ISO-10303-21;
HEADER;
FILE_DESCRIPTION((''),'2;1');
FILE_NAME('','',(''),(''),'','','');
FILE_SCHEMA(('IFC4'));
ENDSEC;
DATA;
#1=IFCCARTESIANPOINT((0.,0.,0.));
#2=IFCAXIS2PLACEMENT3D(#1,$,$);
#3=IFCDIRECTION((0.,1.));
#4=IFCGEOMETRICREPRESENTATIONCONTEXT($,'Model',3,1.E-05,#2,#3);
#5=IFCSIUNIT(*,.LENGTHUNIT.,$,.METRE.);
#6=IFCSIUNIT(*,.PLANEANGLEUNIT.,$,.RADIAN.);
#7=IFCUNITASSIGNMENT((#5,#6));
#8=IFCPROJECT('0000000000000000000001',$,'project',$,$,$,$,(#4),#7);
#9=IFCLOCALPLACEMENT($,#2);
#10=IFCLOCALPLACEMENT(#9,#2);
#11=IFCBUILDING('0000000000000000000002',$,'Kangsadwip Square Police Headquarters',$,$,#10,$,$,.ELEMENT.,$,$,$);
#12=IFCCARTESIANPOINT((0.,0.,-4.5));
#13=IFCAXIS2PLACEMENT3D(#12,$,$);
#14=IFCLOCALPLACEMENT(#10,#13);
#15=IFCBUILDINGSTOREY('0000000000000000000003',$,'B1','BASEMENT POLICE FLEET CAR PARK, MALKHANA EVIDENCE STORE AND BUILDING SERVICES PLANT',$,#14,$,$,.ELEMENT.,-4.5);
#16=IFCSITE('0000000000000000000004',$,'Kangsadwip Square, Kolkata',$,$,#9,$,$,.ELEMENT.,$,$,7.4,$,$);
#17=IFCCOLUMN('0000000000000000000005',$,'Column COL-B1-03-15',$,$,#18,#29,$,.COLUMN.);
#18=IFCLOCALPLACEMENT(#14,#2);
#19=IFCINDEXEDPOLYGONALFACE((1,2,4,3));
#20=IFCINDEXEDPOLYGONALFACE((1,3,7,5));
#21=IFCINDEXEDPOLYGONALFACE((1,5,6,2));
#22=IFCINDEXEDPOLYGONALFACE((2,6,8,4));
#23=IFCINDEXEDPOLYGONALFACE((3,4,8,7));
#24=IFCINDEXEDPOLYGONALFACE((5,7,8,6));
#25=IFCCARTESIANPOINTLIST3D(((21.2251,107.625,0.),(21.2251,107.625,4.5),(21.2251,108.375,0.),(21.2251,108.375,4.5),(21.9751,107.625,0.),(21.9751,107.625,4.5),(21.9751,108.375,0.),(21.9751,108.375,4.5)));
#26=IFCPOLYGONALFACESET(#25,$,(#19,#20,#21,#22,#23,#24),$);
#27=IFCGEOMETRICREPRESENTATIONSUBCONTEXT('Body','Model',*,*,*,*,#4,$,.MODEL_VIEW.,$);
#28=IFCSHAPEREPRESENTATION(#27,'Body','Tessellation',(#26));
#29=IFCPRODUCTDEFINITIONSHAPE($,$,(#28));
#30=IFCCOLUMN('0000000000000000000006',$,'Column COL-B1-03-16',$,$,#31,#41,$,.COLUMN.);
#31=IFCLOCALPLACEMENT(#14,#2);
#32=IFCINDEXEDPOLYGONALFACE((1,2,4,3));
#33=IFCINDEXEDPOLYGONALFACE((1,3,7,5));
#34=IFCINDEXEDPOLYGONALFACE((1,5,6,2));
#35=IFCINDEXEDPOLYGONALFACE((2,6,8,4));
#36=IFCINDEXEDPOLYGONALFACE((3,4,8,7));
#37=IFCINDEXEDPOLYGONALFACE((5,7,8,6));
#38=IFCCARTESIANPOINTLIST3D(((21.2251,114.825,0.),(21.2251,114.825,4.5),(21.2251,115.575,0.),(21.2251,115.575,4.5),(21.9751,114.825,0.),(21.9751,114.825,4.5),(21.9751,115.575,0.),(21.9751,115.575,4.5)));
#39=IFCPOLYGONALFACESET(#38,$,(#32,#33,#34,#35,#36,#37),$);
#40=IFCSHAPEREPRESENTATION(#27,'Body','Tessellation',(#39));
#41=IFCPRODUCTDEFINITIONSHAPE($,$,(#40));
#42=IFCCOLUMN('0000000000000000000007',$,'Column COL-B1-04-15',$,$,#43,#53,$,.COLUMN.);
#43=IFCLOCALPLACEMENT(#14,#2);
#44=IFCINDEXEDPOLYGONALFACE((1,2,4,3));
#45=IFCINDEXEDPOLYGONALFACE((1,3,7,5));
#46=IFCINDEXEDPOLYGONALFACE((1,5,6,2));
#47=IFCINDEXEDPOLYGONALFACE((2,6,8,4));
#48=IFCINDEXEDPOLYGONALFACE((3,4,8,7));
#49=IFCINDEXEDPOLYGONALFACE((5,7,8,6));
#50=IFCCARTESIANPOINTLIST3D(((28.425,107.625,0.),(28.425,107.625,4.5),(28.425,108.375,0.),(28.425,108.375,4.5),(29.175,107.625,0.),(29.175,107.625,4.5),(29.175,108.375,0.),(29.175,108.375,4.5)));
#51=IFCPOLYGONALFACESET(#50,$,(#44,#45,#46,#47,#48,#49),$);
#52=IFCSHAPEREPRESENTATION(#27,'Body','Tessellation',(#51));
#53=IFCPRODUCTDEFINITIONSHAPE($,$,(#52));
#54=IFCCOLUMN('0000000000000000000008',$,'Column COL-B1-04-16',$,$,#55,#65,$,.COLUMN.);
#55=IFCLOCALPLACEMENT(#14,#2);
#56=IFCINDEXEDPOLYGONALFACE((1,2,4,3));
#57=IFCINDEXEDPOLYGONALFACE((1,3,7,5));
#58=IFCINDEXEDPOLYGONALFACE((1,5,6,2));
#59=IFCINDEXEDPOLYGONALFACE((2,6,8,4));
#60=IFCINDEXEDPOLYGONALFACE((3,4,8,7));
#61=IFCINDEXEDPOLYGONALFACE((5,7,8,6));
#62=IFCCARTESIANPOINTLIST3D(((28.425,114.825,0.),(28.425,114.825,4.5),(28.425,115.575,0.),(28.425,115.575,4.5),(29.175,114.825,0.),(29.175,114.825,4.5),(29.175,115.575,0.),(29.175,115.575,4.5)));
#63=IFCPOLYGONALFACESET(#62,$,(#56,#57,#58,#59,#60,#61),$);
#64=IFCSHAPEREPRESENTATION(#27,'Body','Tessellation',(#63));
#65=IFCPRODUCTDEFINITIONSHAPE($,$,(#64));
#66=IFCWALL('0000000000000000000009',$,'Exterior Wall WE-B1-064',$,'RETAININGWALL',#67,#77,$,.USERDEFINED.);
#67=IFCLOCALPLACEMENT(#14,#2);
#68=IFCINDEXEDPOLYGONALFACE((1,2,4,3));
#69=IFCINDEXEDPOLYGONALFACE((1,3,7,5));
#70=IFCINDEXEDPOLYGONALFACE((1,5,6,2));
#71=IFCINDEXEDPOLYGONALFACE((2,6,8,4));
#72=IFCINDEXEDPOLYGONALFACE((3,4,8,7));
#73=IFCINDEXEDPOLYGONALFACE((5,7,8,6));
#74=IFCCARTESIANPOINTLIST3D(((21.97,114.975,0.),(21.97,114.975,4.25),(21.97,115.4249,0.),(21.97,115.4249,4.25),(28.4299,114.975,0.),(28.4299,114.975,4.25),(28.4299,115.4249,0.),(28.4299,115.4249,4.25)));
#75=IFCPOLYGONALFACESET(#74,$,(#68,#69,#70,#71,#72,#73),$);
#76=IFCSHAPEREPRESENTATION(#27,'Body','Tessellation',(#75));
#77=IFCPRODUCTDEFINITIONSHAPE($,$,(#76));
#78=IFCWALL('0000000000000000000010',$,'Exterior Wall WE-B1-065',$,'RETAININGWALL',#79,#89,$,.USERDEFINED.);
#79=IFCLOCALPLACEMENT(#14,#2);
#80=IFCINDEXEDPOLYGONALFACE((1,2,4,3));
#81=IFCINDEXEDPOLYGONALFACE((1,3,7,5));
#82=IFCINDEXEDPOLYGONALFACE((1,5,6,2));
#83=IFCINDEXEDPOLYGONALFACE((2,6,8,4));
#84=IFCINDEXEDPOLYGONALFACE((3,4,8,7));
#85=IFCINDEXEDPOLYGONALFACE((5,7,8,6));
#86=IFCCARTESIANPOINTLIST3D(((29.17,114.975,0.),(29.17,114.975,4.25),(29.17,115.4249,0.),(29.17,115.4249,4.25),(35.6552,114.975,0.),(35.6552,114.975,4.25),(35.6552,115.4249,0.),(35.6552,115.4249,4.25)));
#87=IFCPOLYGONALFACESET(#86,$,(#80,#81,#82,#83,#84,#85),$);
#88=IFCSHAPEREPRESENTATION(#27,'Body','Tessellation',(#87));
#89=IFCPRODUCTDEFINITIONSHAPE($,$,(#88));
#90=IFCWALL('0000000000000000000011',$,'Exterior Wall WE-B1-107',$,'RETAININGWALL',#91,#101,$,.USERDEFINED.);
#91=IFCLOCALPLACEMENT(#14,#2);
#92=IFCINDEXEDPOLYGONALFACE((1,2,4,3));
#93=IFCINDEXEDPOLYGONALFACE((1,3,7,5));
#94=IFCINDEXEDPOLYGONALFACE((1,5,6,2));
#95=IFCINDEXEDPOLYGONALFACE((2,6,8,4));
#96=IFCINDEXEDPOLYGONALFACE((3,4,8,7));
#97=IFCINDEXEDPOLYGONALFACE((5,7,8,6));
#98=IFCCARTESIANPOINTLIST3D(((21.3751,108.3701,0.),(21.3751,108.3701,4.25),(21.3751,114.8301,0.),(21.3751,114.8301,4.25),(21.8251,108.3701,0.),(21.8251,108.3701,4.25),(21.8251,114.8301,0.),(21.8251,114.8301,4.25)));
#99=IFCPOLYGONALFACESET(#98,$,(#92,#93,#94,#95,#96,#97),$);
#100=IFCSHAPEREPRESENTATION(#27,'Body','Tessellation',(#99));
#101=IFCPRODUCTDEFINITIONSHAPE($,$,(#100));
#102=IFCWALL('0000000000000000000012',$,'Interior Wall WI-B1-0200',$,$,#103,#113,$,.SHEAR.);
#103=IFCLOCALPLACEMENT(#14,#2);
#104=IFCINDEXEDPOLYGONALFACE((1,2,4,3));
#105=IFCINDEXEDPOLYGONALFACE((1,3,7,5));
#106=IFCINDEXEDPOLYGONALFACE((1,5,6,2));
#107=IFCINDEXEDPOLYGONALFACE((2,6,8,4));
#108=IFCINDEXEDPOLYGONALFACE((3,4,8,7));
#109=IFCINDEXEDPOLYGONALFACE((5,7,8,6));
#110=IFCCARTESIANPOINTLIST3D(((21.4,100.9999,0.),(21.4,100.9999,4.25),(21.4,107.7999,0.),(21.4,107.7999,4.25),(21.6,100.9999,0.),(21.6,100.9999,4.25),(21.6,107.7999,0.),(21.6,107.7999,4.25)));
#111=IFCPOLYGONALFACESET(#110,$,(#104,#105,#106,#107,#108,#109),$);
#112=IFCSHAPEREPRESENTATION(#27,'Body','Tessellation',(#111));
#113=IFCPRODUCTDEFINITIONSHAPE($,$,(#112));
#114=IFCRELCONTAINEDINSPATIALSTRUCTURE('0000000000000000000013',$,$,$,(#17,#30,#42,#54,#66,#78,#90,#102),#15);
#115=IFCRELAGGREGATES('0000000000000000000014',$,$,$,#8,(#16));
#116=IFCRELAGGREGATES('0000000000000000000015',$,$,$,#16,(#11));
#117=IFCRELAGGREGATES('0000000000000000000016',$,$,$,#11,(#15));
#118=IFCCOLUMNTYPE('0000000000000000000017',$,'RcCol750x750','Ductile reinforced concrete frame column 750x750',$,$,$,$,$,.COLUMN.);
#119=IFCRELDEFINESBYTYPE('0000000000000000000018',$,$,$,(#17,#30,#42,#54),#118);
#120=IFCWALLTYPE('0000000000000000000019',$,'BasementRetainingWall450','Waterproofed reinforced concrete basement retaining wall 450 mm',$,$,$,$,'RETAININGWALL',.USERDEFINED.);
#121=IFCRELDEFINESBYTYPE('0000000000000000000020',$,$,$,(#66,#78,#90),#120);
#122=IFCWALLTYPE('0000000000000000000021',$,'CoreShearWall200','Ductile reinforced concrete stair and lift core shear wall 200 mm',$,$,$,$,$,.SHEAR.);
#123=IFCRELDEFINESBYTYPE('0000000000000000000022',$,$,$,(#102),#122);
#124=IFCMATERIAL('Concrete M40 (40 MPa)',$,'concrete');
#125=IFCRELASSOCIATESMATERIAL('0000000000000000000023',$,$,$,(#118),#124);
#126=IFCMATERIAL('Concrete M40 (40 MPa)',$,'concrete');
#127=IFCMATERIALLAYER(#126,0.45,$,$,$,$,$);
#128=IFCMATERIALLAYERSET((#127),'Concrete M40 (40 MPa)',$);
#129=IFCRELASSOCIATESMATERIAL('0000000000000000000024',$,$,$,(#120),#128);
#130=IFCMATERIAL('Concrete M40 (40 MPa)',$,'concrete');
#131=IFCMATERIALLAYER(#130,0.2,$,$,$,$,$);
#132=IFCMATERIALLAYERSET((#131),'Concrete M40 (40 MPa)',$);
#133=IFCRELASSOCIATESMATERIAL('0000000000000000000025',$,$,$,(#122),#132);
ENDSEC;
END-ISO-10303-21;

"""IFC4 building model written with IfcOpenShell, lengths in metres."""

from ifc_helpers import new_model, si_unit, direction, frame, frame_2d, origin, origin_2d, place, context, subcontext, project, spatial, rectangle, extrude, material, layer, layer_set, material_profile, profile_set, type_object, element, save


model = new_model("IFC4")

# Units and contexts
model_context = context("Model", 3, precision=1e-05, world=origin(), true_north=direction((0.0, 1.0)))
body_context = subcontext(model_context, "Body", "Model", "MODEL_VIEW")
ifc_project = project(units=[si_unit("LENGTHUNIT", "METRE"), si_unit("PLANEANGLEUNIT", "RADIAN")], contexts=[model_context])

# Site, building, storey
site_placement = place(None, origin())
site = spatial("IfcSite", under=ifc_project, at=site_placement, Name="Kangsadwip Square, Kolkata", CompositionType="ELEMENT", RefElevation=7.4)
building_placement = place(site_placement, origin())
building = spatial("IfcBuilding", under=site, at=building_placement, Name="Kangsadwip Square Police Headquarters", CompositionType="ELEMENT")
storey_placement = place(building_placement, frame((0.0, 0.0, -4.5)))
storey = spatial("IfcBuildingStorey", under=building, at=storey_placement, Name="B1", Description="BASEMENT POLICE FLEET CAR PARK, MALKHANA EVIDENCE STORE AND BUILDING SERVICES PLANT", CompositionType="ELEMENT", Elevation=-4.5)

# Columns
ifc_material_1 = material(Name="Concrete M40 (40 MPa)", Category="concrete")
ifc_material_profile_1 = material_profile(ifc_material_1, rectangle(XDim=0.75, YDim=0.75, at=origin_2d()), Name="RC COL 750X750")
ifc_profile_set_1 = profile_set([ifc_material_profile_1], Name="Concrete M40 (40 MPa)")
column_type = type_object("IfcColumnType", Name="RcCol750x750", Description="Ductile reinforced concrete frame column 750x750", PredefinedType="COLUMN", material=ifc_profile_set_1)
for number, where, z_axis, x_axis, name in (
    (1, (21.6001, 108.0, 0.0), (0.0, 0.0, 1.0), (1.0, 0.0, 0.0), "Column COL-B1-03-15"),
    (2, (21.6001, 115.2, 0.0), (0.0, 0.0, 1.0), (1.0, 0.0, 0.0), "Column COL-B1-03-16"),
    (3, (28.8, 108.0, 0.0), (0.0, 0.0, 1.0), (1.0, 0.0, 0.0), "Column COL-B1-04-15"),
    (4, (28.8, 115.2, 0.0), (0.0, 0.0, 1.0), (1.0, 0.0, 0.0), "Column COL-B1-04-16"),
):
    element("IfcColumn", number, at=place(storey_placement, frame(where, z_axis=z_axis, x_axis=x_axis)), inside=storey, type_object=column_type, Name=name, PredefinedType="COLUMN", context=body_context, shape_type="SweptSolid", body=[
        extrude(rectangle(XDim=0.75, YDim=0.75, at=origin_2d()), origin(), (0.0, 0.0, 1.0), 4.5),
    ])

# Walls
ifc_material_2 = material(Name="Concrete M40 (40 MPa)", Category="concrete")
ifc_layer_1 = layer(ifc_material_2, 0.45)
ifc_layer_set_1 = layer_set([ifc_layer_1], Name="Concrete M40 (40 MPa)")
wall_type_1 = type_object("IfcWallType", Name="BasementRetainingWall450", Description="Waterproofed reinforced concrete basement retaining wall 450 mm", ElementType="RETAININGWALL", PredefinedType="USERDEFINED", material=ifc_layer_set_1)
wall_1_placement = place(storey_placement, frame((21.97, 115.2, 0.0), z_axis=(0.0, 0.0, 1.0), x_axis=(1.0, 0.0, 0.0)))
element("IfcWall", 5, at=wall_1_placement, inside=storey, type_object=wall_type_1, Name="Exterior Wall WE-B1-064", ObjectType="RETAININGWALL", PredefinedType="USERDEFINED", context=body_context, shape_type="SweptSolid", body=[
    extrude(rectangle(XDim=6.46, YDim=0.45, at=frame_2d((3.23, 0.0))), origin(), (0.0, 0.0, 1.0), 4.25),
])
wall_2_placement = place(storey_placement, frame((29.1699, 115.2, 0.0), z_axis=(0.0, 0.0, 1.0), x_axis=(1.0, 0.0, 0.0)))
element("IfcWall", 6, at=wall_2_placement, inside=storey, type_object=wall_type_1, Name="Exterior Wall WE-B1-065", ObjectType="RETAININGWALL", PredefinedType="USERDEFINED", context=body_context, shape_type="SweptSolid", body=[
    extrude(rectangle(XDim=6.4851, YDim=0.45, at=frame_2d((3.2427, 0.0))), origin(), (0.0, 0.0, 1.0), 4.25),
])
wall_3_placement = place(storey_placement, frame((21.6001, 108.3701, 0.0), z_axis=(0.0, 0.0, 1.0), x_axis=(0.0, 1.0, 0.0)))
element("IfcWall", 7, at=wall_3_placement, inside=storey, type_object=wall_type_1, Name="Exterior Wall WE-B1-107", ObjectType="RETAININGWALL", PredefinedType="USERDEFINED", context=body_context, shape_type="SweptSolid", body=[
    extrude(rectangle(XDim=6.46, YDim=0.45, at=frame_2d((3.23, 0.0))), origin(), (0.0, 0.0, 1.0), 4.25),
])
ifc_material_3 = material(Name="Concrete M40 (40 MPa)", Category="concrete")
ifc_layer_2 = layer(ifc_material_3, 0.2)
ifc_layer_set_2 = layer_set([ifc_layer_2], Name="Concrete M40 (40 MPa)")
wall_type_2 = type_object("IfcWallType", Name="CoreShearWall200", Description="Ductile reinforced concrete stair and lift core shear wall 200 mm", PredefinedType="SHEAR", material=ifc_layer_set_2)
wall_4_placement = place(storey_placement, frame((21.5, 101.0, 0.0), z_axis=(0.0, 0.0, 1.0), x_axis=(0.0, 1.0, 0.0)))
element("IfcWall", 8, at=wall_4_placement, inside=storey, type_object=wall_type_2, Name="Interior Wall WI-B1-0200", PredefinedType="SHEAR", context=body_context, shape_type="SweptSolid", body=[
    extrude(rectangle(XDim=6.8, YDim=0.2, at=frame_2d((3.3999, 0.0))), origin(), (0.0, 0.0, 1.0), 4.25),
])

save(model, "model.ifc")
